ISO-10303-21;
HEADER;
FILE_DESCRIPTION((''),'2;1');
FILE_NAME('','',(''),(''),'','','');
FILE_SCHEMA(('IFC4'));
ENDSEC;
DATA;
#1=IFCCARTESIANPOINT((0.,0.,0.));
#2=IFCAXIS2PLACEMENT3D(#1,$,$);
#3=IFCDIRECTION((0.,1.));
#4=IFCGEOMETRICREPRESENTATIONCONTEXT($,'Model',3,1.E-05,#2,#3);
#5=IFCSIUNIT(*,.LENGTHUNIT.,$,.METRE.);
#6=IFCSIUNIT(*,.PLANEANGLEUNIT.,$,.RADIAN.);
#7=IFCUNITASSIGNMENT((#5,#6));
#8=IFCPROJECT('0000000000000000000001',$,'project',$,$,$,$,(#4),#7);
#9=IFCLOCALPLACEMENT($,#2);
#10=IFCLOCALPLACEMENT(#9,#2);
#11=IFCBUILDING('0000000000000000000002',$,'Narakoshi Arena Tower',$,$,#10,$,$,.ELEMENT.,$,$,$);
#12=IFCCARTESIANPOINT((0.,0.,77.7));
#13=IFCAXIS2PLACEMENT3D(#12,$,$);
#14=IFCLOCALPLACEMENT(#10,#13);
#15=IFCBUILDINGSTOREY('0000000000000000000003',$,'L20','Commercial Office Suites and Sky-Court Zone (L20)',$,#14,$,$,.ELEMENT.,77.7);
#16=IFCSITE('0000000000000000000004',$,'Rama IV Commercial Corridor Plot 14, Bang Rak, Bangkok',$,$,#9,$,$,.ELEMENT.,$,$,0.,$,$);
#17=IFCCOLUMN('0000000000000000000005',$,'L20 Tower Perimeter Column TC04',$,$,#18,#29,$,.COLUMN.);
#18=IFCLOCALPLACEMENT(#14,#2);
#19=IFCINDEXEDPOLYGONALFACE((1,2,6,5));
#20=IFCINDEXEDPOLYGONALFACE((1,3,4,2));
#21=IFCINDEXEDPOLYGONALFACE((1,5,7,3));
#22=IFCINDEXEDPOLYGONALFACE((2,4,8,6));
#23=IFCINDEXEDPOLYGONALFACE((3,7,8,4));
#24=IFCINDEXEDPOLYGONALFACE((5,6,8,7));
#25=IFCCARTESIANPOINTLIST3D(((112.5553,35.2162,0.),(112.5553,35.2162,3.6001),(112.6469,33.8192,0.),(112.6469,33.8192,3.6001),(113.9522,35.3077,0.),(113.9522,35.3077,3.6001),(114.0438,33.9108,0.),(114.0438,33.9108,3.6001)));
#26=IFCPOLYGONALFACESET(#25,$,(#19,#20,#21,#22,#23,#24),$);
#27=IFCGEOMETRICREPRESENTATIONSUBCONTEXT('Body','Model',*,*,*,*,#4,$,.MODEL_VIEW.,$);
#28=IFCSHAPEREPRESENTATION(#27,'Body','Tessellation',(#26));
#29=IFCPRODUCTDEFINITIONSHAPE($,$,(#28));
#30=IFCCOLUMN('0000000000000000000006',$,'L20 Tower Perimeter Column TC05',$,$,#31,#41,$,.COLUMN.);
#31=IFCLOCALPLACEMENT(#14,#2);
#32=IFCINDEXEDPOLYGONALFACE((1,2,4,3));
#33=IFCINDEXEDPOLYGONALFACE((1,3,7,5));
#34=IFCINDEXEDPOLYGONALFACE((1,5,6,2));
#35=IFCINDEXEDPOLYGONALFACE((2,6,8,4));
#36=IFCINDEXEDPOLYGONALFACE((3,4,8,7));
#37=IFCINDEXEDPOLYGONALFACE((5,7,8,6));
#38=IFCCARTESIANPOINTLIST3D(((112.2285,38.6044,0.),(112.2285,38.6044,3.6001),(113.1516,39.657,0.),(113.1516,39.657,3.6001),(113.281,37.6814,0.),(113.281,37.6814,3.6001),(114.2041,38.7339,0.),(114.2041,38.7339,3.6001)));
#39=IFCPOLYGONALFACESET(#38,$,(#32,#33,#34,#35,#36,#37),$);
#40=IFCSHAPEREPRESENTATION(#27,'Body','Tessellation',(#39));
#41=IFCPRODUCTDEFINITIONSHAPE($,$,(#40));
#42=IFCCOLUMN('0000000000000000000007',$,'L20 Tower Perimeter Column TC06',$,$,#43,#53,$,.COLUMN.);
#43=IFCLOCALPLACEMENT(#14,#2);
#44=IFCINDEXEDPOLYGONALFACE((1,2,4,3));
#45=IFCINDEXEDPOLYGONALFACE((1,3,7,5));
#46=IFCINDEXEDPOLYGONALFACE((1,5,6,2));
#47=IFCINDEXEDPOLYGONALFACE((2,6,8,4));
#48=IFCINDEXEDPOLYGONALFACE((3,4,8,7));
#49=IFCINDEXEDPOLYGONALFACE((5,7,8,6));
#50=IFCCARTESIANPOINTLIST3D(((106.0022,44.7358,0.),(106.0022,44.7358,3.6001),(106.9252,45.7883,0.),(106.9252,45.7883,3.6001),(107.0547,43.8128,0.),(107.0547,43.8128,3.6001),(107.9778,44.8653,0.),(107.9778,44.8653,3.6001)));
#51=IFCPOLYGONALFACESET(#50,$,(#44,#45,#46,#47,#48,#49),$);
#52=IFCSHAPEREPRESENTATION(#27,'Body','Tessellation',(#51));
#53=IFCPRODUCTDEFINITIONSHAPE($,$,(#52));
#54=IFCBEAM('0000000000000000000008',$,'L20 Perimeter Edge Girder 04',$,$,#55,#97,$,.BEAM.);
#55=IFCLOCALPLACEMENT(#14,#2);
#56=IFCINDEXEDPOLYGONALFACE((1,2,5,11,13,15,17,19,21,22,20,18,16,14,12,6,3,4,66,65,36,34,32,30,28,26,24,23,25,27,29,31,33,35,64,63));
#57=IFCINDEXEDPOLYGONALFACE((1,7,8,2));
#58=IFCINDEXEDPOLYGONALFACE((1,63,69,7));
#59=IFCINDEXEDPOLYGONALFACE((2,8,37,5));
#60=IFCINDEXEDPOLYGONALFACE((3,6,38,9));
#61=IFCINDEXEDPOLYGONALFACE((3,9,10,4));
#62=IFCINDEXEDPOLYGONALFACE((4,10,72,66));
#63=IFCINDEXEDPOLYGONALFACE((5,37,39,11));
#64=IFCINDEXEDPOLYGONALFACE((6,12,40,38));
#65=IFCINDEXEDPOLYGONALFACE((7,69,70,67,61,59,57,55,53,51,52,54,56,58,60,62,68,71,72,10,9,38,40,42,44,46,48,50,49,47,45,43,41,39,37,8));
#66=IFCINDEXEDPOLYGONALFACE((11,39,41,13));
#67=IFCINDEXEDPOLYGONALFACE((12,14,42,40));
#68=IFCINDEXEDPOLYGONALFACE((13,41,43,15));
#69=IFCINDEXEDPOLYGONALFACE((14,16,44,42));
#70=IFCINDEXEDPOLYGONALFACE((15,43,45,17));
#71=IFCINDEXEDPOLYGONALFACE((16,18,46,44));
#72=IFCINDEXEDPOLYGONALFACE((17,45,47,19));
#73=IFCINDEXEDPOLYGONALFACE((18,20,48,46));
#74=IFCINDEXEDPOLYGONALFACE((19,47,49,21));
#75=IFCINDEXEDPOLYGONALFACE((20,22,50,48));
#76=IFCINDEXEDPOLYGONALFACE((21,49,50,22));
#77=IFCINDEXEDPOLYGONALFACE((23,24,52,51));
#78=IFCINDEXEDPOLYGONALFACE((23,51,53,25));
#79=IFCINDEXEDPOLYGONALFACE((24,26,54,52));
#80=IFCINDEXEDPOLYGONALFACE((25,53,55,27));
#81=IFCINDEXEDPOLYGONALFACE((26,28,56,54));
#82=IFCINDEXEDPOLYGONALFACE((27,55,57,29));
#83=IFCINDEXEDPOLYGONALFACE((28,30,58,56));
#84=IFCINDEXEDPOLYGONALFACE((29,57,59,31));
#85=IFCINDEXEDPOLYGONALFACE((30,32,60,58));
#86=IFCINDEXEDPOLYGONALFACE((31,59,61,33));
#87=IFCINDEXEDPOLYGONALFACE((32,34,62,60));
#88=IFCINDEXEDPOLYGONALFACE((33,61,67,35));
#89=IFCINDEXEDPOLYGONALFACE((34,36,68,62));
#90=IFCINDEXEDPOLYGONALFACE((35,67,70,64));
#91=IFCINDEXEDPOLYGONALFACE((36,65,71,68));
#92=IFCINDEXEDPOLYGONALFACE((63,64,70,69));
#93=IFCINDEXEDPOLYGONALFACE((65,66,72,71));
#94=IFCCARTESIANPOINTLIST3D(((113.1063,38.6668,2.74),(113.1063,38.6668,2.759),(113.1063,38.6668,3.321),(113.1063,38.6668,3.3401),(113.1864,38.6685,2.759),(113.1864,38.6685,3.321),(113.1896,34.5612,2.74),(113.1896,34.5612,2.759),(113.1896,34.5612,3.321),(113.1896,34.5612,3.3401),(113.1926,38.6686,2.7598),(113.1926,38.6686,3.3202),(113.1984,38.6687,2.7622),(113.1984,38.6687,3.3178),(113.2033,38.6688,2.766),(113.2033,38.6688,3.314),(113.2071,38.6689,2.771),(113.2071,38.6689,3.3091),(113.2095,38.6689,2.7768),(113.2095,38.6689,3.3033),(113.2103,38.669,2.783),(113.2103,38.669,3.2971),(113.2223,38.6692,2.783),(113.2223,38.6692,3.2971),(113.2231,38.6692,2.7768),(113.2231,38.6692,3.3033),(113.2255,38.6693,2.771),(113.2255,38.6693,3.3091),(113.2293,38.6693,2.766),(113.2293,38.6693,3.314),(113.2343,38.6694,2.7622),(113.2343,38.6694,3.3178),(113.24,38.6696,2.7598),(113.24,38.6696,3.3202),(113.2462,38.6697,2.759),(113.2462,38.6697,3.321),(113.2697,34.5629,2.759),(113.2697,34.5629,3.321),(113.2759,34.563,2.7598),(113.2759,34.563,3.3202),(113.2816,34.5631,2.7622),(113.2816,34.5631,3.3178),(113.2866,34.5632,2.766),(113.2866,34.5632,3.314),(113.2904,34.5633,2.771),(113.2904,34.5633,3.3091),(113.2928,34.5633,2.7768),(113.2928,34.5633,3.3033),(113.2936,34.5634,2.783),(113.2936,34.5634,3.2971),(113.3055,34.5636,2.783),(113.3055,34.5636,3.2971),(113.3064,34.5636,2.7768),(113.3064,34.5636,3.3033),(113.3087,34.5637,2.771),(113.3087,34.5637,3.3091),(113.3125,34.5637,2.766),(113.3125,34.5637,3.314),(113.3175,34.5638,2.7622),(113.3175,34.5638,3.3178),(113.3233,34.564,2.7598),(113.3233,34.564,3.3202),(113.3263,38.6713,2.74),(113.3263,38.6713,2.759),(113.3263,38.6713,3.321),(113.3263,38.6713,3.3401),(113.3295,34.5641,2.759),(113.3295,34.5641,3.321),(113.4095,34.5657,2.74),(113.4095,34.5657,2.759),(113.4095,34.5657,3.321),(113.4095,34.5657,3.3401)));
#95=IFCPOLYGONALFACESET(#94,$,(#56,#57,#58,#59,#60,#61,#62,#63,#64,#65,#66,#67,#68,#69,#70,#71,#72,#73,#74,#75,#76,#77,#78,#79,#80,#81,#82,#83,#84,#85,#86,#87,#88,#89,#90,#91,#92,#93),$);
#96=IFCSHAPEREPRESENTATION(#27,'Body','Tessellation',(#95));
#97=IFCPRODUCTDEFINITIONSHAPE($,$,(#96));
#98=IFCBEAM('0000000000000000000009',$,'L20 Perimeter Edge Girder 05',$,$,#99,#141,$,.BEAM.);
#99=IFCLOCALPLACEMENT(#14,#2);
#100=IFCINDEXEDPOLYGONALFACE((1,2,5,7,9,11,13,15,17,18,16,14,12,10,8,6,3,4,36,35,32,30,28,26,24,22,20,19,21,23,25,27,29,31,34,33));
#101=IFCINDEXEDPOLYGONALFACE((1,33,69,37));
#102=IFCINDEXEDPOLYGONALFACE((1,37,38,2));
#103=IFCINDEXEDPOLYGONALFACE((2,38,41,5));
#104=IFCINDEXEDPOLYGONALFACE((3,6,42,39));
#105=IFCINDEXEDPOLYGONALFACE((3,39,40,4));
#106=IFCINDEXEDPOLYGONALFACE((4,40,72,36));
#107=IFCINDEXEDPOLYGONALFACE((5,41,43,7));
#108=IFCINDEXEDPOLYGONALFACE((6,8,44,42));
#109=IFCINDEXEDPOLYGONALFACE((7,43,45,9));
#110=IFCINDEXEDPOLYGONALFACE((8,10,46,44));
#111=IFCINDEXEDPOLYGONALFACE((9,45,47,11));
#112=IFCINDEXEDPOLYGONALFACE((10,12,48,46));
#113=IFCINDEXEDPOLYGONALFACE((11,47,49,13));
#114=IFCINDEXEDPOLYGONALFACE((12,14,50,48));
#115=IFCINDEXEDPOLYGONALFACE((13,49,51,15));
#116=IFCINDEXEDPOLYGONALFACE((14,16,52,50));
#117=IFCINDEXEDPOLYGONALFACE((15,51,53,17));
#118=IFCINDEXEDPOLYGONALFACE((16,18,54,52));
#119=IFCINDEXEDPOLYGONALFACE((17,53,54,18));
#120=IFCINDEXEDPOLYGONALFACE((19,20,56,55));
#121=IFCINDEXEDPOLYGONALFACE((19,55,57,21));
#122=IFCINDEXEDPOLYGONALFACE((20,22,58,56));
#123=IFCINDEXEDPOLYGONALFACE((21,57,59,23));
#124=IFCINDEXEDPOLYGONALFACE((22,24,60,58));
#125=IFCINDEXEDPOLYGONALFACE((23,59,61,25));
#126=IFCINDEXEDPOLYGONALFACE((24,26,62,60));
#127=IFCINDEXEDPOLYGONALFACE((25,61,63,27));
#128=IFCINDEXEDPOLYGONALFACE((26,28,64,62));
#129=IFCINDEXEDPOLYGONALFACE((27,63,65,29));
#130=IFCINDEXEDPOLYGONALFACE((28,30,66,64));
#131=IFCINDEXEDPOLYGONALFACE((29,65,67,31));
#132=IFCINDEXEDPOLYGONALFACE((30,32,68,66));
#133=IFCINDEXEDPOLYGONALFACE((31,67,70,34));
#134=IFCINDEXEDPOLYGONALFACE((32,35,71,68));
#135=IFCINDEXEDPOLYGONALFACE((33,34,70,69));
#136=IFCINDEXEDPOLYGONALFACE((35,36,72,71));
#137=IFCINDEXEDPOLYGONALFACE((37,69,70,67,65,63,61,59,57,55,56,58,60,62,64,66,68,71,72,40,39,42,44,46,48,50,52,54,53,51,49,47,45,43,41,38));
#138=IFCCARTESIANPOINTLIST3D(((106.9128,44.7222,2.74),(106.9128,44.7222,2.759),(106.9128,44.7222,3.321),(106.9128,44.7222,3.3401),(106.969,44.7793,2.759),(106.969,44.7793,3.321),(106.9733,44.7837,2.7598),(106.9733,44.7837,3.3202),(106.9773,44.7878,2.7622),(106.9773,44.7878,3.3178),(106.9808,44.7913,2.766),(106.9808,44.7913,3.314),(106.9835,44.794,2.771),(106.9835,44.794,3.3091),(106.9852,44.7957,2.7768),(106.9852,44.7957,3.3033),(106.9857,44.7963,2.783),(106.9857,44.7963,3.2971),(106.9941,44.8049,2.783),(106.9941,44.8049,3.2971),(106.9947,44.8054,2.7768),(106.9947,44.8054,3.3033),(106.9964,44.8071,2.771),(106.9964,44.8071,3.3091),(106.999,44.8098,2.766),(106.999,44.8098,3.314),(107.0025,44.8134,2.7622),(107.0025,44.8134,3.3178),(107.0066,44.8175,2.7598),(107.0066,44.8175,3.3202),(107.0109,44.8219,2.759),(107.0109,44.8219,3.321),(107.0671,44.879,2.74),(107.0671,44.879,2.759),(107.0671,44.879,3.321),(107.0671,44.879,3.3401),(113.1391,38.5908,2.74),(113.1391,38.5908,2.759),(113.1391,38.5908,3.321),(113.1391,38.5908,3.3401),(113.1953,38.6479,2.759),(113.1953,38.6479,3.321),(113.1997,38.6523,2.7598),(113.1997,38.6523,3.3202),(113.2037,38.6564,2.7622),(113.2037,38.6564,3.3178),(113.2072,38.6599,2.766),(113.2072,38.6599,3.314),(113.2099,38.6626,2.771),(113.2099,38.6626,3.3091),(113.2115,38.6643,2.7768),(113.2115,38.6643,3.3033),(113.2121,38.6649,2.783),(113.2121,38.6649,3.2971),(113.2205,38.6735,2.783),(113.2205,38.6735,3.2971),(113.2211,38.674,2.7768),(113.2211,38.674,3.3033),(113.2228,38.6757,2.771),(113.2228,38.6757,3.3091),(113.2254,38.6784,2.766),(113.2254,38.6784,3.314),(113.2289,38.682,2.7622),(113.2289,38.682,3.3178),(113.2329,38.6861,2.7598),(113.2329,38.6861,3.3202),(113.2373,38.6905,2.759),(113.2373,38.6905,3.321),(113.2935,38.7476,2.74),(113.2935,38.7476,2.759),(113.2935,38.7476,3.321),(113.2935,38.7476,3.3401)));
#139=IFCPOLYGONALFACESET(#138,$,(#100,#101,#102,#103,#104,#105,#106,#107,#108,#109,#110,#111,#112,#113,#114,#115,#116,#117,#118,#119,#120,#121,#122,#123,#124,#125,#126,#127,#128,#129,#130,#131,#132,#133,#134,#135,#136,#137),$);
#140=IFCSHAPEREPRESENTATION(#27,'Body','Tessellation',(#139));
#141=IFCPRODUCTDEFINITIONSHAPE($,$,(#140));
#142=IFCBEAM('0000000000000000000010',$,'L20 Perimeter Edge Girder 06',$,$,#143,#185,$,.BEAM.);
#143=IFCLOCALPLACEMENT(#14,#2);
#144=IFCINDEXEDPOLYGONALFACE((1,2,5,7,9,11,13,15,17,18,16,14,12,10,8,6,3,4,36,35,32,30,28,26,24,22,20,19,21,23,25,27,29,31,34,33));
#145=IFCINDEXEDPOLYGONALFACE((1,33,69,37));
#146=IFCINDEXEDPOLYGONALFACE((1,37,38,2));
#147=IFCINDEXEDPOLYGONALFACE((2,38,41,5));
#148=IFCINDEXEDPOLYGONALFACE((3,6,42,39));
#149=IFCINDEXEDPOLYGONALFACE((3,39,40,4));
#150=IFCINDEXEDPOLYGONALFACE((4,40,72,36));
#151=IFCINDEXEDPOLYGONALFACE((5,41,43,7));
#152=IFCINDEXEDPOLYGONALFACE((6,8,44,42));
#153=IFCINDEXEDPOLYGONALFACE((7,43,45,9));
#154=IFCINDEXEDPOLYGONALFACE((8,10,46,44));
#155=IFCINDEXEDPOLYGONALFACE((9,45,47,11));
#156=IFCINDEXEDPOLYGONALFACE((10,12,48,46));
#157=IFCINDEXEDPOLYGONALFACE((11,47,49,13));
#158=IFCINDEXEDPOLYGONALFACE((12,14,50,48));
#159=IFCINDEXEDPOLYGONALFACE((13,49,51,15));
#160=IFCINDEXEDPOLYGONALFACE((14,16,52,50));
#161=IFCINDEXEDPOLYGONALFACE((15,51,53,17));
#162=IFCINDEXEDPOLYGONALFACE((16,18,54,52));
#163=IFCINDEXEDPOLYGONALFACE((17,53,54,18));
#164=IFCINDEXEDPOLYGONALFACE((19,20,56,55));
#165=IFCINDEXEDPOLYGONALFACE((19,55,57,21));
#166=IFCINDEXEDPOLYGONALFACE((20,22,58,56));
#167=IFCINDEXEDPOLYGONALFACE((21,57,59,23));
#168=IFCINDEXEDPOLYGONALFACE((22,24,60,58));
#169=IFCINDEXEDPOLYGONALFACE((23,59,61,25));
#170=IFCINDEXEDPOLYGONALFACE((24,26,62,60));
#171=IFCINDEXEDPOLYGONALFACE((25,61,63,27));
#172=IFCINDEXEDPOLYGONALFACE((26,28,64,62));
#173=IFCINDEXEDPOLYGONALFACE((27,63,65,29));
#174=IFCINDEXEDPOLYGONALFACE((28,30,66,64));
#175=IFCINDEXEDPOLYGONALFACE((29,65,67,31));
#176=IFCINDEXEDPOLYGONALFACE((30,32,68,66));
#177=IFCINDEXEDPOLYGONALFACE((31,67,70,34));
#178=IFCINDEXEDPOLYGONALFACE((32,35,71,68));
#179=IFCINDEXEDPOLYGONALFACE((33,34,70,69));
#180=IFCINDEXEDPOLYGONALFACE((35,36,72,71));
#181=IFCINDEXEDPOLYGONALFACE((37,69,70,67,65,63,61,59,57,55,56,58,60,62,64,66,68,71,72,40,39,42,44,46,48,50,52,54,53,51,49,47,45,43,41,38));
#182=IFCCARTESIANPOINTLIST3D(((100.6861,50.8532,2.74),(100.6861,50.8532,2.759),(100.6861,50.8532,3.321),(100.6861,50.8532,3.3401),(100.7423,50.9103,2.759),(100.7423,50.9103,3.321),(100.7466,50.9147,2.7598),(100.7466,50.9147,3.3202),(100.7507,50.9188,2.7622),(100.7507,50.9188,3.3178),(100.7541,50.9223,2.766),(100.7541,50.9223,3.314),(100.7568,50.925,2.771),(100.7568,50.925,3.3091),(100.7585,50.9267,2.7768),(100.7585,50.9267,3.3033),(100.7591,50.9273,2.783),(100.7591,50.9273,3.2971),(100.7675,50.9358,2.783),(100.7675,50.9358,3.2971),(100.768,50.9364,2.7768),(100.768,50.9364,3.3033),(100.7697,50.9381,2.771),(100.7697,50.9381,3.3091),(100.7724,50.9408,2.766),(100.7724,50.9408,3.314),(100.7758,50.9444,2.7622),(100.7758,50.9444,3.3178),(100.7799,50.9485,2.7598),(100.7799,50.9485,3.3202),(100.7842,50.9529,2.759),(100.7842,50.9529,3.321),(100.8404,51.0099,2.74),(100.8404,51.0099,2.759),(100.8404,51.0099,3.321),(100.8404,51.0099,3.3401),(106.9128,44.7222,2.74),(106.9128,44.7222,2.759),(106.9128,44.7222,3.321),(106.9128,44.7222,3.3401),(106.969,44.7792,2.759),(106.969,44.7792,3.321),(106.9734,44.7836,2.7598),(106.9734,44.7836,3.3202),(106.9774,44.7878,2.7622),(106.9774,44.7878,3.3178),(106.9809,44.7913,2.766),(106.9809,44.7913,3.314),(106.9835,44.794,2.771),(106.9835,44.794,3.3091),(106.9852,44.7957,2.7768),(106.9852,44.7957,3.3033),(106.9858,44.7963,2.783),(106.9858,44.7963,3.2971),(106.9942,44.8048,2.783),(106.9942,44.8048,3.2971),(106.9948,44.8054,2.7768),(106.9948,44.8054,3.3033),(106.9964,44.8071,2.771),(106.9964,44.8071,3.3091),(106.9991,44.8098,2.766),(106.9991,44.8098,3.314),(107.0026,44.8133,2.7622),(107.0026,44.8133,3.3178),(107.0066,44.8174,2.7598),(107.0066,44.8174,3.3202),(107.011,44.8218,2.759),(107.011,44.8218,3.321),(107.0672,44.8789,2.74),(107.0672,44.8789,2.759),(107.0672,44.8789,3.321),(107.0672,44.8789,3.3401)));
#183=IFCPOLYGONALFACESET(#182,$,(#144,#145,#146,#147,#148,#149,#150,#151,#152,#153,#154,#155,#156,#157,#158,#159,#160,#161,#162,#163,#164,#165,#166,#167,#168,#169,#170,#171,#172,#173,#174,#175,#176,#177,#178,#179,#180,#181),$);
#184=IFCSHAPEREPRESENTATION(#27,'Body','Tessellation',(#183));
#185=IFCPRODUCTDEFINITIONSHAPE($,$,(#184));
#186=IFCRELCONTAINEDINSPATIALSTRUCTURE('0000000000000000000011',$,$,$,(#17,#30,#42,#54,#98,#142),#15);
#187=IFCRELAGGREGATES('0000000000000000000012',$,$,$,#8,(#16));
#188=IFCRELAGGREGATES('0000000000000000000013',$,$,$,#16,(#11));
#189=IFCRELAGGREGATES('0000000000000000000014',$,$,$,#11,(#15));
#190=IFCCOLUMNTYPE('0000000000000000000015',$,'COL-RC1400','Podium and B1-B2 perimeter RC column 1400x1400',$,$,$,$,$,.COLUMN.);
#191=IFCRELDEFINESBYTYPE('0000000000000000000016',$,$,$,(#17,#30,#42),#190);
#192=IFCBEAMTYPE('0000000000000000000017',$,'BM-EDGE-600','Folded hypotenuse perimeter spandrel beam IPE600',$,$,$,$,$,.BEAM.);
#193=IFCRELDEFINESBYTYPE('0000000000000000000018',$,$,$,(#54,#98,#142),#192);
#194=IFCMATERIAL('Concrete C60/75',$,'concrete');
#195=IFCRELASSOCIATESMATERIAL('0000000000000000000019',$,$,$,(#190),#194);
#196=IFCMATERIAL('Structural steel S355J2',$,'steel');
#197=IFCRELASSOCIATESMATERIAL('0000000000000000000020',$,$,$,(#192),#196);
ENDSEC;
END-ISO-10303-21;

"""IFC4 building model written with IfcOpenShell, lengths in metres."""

from ifc_helpers import new_model, si_unit, direction, frame, origin, origin_2d, place, context, subcontext, project, spatial, rectangle, i_section, extrude, material, material_profile, profile_set, type_object, element, save


model = new_model("IFC4")

# Units and contexts
model_context = context("Model", 3, precision=1e-05, world=origin(), true_north=direction((0.0, 1.0)))
body_context = subcontext(model_context, "Body", "Model", "MODEL_VIEW")
ifc_project = project(units=[si_unit("LENGTHUNIT", "METRE"), si_unit("PLANEANGLEUNIT", "RADIAN")], contexts=[model_context])

# Site, building, storey
site_placement = place(None, origin())
site = spatial("IfcSite", under=ifc_project, at=site_placement, Name="Rama IV Commercial Corridor Plot 14, Bang Rak, Bangkok", CompositionType="ELEMENT", RefElevation=0.0)
building_placement = place(site_placement, origin())
building = spatial("IfcBuilding", under=site, at=building_placement, Name="Narakoshi Arena Tower", CompositionType="ELEMENT")
storey_placement = place(building_placement, frame((0.0, 0.0, 77.7)))
storey = spatial("IfcBuildingStorey", under=building, at=storey_placement, Name="L20", Description="Commercial Office Suites and Sky-Court Zone (L20)", CompositionType="ELEMENT", Elevation=77.7)

# Columns
ifc_material_1 = material(Name="Concrete C60/75", Category="concrete")
ifc_material_profile_1 = material_profile(ifc_material_1, rectangle(XDim=1.3999, YDim=1.3999, at=origin_2d()), Name="RC1400x1400")
ifc_profile_set_1 = profile_set([ifc_material_profile_1], Name="Concrete C60/75")
column_type = type_object("IfcColumnType", Name="COL-RC1400", Description="Podium and B1-B2 perimeter RC column 1400x1400", PredefinedType="COLUMN", material=ifc_profile_set_1)
for number, where, z_axis, x_axis, name in (
    (1, (113.2996, 34.5635, 0.0), (0.0, 0.0, 1.0), (0.997859, 0.065403, 0.0), "L20 Tower Perimeter Column TC04"),
    (2, (113.2163, 38.6692, 0.0), (0.0, 0.0, 1.0), (0.659346, 0.75184, 0.0), "L20 Tower Perimeter Column TC05"),
    (3, (106.99, 44.8005, 0.0), (0.0, 0.0, 1.0), (0.659346, 0.75184, 0.0), "L20 Tower Perimeter Column TC06"),
):
    element("IfcColumn", number, at=place(storey_placement, frame(where, z_axis=z_axis, x_axis=x_axis)), inside=storey, type_object=column_type, Name=name, PredefinedType="COLUMN", context=body_context, shape_type="SweptSolid", body=[
        extrude(rectangle(XDim=1.3999, YDim=1.3999, at=origin_2d()), origin(), (0.0, 0.0, 1.0), 3.6001),
    ])

# Beams
ifc_material_2 = material(Name="Structural steel S355J2", Category="steel")
ifc_material_profile_2 = material_profile(ifc_material_2, i_section(OverallWidth=0.22, OverallDepth=0.6001, WebThickness=0.012, FlangeThickness=0.019, FilletRadius=0.0239, at=origin_2d()), Name="IPE600")
ifc_profile_set_2 = profile_set([ifc_material_profile_2], Name="Structural steel S355J2")
beam_type = type_object("IfcBeamType", Name="BM-EDGE-600", Description="Folded hypotenuse perimeter spandrel beam IPE600", PredefinedType="BEAM", material=ifc_profile_set_2)
beam_placement = place(storey_placement, frame((113.2996, 34.5635, 3.04), z_axis=(-0.020273, 0.999794, 0.0), x_axis=(-0.999794, -0.020273, 0.0)))
element("IfcBeam", 4, at=beam_placement, inside=storey, type_object=beam_type, Name="L20 Perimeter Edge Girder 04", PredefinedType="BEAM", context=body_context, shape_type="SweptSolid", body=[
    extrude(i_section(OverallWidth=0.22, OverallDepth=0.6001, WebThickness=0.012, FlangeThickness=0.019, FilletRadius=0.0239, at=origin_2d()), origin(), (0.0, 0.0, 1.0), 4.1064),
])
for number, where, z_axis, x_axis, name in (
    (5, (113.2163, 38.6692, 3.04), (-0.71252, 0.701652, 0.0), (-0.701652, -0.71252, 0.0), "L20 Perimeter Edge Girder 05"),
    (6, (106.99, 44.8005, 3.04), (-0.712561, 0.70161, 0.0), (-0.70161, -0.712561, 0.0), "L20 Perimeter Edge Girder 06"),
):
    element("IfcBeam", number, at=place(storey_placement, frame(where, z_axis=z_axis, x_axis=x_axis)), inside=storey, type_object=beam_type, Name=name, PredefinedType="BEAM", context=body_context, shape_type="SweptSolid", body=[
        extrude(i_section(OverallWidth=0.22, OverallDepth=0.6001, WebThickness=0.012, FlangeThickness=0.019, FilletRadius=0.0239, at=origin_2d()), origin(), (0.0, 0.0, 1.0), 8.7385),
    ])

save(model, "model.ifc")
